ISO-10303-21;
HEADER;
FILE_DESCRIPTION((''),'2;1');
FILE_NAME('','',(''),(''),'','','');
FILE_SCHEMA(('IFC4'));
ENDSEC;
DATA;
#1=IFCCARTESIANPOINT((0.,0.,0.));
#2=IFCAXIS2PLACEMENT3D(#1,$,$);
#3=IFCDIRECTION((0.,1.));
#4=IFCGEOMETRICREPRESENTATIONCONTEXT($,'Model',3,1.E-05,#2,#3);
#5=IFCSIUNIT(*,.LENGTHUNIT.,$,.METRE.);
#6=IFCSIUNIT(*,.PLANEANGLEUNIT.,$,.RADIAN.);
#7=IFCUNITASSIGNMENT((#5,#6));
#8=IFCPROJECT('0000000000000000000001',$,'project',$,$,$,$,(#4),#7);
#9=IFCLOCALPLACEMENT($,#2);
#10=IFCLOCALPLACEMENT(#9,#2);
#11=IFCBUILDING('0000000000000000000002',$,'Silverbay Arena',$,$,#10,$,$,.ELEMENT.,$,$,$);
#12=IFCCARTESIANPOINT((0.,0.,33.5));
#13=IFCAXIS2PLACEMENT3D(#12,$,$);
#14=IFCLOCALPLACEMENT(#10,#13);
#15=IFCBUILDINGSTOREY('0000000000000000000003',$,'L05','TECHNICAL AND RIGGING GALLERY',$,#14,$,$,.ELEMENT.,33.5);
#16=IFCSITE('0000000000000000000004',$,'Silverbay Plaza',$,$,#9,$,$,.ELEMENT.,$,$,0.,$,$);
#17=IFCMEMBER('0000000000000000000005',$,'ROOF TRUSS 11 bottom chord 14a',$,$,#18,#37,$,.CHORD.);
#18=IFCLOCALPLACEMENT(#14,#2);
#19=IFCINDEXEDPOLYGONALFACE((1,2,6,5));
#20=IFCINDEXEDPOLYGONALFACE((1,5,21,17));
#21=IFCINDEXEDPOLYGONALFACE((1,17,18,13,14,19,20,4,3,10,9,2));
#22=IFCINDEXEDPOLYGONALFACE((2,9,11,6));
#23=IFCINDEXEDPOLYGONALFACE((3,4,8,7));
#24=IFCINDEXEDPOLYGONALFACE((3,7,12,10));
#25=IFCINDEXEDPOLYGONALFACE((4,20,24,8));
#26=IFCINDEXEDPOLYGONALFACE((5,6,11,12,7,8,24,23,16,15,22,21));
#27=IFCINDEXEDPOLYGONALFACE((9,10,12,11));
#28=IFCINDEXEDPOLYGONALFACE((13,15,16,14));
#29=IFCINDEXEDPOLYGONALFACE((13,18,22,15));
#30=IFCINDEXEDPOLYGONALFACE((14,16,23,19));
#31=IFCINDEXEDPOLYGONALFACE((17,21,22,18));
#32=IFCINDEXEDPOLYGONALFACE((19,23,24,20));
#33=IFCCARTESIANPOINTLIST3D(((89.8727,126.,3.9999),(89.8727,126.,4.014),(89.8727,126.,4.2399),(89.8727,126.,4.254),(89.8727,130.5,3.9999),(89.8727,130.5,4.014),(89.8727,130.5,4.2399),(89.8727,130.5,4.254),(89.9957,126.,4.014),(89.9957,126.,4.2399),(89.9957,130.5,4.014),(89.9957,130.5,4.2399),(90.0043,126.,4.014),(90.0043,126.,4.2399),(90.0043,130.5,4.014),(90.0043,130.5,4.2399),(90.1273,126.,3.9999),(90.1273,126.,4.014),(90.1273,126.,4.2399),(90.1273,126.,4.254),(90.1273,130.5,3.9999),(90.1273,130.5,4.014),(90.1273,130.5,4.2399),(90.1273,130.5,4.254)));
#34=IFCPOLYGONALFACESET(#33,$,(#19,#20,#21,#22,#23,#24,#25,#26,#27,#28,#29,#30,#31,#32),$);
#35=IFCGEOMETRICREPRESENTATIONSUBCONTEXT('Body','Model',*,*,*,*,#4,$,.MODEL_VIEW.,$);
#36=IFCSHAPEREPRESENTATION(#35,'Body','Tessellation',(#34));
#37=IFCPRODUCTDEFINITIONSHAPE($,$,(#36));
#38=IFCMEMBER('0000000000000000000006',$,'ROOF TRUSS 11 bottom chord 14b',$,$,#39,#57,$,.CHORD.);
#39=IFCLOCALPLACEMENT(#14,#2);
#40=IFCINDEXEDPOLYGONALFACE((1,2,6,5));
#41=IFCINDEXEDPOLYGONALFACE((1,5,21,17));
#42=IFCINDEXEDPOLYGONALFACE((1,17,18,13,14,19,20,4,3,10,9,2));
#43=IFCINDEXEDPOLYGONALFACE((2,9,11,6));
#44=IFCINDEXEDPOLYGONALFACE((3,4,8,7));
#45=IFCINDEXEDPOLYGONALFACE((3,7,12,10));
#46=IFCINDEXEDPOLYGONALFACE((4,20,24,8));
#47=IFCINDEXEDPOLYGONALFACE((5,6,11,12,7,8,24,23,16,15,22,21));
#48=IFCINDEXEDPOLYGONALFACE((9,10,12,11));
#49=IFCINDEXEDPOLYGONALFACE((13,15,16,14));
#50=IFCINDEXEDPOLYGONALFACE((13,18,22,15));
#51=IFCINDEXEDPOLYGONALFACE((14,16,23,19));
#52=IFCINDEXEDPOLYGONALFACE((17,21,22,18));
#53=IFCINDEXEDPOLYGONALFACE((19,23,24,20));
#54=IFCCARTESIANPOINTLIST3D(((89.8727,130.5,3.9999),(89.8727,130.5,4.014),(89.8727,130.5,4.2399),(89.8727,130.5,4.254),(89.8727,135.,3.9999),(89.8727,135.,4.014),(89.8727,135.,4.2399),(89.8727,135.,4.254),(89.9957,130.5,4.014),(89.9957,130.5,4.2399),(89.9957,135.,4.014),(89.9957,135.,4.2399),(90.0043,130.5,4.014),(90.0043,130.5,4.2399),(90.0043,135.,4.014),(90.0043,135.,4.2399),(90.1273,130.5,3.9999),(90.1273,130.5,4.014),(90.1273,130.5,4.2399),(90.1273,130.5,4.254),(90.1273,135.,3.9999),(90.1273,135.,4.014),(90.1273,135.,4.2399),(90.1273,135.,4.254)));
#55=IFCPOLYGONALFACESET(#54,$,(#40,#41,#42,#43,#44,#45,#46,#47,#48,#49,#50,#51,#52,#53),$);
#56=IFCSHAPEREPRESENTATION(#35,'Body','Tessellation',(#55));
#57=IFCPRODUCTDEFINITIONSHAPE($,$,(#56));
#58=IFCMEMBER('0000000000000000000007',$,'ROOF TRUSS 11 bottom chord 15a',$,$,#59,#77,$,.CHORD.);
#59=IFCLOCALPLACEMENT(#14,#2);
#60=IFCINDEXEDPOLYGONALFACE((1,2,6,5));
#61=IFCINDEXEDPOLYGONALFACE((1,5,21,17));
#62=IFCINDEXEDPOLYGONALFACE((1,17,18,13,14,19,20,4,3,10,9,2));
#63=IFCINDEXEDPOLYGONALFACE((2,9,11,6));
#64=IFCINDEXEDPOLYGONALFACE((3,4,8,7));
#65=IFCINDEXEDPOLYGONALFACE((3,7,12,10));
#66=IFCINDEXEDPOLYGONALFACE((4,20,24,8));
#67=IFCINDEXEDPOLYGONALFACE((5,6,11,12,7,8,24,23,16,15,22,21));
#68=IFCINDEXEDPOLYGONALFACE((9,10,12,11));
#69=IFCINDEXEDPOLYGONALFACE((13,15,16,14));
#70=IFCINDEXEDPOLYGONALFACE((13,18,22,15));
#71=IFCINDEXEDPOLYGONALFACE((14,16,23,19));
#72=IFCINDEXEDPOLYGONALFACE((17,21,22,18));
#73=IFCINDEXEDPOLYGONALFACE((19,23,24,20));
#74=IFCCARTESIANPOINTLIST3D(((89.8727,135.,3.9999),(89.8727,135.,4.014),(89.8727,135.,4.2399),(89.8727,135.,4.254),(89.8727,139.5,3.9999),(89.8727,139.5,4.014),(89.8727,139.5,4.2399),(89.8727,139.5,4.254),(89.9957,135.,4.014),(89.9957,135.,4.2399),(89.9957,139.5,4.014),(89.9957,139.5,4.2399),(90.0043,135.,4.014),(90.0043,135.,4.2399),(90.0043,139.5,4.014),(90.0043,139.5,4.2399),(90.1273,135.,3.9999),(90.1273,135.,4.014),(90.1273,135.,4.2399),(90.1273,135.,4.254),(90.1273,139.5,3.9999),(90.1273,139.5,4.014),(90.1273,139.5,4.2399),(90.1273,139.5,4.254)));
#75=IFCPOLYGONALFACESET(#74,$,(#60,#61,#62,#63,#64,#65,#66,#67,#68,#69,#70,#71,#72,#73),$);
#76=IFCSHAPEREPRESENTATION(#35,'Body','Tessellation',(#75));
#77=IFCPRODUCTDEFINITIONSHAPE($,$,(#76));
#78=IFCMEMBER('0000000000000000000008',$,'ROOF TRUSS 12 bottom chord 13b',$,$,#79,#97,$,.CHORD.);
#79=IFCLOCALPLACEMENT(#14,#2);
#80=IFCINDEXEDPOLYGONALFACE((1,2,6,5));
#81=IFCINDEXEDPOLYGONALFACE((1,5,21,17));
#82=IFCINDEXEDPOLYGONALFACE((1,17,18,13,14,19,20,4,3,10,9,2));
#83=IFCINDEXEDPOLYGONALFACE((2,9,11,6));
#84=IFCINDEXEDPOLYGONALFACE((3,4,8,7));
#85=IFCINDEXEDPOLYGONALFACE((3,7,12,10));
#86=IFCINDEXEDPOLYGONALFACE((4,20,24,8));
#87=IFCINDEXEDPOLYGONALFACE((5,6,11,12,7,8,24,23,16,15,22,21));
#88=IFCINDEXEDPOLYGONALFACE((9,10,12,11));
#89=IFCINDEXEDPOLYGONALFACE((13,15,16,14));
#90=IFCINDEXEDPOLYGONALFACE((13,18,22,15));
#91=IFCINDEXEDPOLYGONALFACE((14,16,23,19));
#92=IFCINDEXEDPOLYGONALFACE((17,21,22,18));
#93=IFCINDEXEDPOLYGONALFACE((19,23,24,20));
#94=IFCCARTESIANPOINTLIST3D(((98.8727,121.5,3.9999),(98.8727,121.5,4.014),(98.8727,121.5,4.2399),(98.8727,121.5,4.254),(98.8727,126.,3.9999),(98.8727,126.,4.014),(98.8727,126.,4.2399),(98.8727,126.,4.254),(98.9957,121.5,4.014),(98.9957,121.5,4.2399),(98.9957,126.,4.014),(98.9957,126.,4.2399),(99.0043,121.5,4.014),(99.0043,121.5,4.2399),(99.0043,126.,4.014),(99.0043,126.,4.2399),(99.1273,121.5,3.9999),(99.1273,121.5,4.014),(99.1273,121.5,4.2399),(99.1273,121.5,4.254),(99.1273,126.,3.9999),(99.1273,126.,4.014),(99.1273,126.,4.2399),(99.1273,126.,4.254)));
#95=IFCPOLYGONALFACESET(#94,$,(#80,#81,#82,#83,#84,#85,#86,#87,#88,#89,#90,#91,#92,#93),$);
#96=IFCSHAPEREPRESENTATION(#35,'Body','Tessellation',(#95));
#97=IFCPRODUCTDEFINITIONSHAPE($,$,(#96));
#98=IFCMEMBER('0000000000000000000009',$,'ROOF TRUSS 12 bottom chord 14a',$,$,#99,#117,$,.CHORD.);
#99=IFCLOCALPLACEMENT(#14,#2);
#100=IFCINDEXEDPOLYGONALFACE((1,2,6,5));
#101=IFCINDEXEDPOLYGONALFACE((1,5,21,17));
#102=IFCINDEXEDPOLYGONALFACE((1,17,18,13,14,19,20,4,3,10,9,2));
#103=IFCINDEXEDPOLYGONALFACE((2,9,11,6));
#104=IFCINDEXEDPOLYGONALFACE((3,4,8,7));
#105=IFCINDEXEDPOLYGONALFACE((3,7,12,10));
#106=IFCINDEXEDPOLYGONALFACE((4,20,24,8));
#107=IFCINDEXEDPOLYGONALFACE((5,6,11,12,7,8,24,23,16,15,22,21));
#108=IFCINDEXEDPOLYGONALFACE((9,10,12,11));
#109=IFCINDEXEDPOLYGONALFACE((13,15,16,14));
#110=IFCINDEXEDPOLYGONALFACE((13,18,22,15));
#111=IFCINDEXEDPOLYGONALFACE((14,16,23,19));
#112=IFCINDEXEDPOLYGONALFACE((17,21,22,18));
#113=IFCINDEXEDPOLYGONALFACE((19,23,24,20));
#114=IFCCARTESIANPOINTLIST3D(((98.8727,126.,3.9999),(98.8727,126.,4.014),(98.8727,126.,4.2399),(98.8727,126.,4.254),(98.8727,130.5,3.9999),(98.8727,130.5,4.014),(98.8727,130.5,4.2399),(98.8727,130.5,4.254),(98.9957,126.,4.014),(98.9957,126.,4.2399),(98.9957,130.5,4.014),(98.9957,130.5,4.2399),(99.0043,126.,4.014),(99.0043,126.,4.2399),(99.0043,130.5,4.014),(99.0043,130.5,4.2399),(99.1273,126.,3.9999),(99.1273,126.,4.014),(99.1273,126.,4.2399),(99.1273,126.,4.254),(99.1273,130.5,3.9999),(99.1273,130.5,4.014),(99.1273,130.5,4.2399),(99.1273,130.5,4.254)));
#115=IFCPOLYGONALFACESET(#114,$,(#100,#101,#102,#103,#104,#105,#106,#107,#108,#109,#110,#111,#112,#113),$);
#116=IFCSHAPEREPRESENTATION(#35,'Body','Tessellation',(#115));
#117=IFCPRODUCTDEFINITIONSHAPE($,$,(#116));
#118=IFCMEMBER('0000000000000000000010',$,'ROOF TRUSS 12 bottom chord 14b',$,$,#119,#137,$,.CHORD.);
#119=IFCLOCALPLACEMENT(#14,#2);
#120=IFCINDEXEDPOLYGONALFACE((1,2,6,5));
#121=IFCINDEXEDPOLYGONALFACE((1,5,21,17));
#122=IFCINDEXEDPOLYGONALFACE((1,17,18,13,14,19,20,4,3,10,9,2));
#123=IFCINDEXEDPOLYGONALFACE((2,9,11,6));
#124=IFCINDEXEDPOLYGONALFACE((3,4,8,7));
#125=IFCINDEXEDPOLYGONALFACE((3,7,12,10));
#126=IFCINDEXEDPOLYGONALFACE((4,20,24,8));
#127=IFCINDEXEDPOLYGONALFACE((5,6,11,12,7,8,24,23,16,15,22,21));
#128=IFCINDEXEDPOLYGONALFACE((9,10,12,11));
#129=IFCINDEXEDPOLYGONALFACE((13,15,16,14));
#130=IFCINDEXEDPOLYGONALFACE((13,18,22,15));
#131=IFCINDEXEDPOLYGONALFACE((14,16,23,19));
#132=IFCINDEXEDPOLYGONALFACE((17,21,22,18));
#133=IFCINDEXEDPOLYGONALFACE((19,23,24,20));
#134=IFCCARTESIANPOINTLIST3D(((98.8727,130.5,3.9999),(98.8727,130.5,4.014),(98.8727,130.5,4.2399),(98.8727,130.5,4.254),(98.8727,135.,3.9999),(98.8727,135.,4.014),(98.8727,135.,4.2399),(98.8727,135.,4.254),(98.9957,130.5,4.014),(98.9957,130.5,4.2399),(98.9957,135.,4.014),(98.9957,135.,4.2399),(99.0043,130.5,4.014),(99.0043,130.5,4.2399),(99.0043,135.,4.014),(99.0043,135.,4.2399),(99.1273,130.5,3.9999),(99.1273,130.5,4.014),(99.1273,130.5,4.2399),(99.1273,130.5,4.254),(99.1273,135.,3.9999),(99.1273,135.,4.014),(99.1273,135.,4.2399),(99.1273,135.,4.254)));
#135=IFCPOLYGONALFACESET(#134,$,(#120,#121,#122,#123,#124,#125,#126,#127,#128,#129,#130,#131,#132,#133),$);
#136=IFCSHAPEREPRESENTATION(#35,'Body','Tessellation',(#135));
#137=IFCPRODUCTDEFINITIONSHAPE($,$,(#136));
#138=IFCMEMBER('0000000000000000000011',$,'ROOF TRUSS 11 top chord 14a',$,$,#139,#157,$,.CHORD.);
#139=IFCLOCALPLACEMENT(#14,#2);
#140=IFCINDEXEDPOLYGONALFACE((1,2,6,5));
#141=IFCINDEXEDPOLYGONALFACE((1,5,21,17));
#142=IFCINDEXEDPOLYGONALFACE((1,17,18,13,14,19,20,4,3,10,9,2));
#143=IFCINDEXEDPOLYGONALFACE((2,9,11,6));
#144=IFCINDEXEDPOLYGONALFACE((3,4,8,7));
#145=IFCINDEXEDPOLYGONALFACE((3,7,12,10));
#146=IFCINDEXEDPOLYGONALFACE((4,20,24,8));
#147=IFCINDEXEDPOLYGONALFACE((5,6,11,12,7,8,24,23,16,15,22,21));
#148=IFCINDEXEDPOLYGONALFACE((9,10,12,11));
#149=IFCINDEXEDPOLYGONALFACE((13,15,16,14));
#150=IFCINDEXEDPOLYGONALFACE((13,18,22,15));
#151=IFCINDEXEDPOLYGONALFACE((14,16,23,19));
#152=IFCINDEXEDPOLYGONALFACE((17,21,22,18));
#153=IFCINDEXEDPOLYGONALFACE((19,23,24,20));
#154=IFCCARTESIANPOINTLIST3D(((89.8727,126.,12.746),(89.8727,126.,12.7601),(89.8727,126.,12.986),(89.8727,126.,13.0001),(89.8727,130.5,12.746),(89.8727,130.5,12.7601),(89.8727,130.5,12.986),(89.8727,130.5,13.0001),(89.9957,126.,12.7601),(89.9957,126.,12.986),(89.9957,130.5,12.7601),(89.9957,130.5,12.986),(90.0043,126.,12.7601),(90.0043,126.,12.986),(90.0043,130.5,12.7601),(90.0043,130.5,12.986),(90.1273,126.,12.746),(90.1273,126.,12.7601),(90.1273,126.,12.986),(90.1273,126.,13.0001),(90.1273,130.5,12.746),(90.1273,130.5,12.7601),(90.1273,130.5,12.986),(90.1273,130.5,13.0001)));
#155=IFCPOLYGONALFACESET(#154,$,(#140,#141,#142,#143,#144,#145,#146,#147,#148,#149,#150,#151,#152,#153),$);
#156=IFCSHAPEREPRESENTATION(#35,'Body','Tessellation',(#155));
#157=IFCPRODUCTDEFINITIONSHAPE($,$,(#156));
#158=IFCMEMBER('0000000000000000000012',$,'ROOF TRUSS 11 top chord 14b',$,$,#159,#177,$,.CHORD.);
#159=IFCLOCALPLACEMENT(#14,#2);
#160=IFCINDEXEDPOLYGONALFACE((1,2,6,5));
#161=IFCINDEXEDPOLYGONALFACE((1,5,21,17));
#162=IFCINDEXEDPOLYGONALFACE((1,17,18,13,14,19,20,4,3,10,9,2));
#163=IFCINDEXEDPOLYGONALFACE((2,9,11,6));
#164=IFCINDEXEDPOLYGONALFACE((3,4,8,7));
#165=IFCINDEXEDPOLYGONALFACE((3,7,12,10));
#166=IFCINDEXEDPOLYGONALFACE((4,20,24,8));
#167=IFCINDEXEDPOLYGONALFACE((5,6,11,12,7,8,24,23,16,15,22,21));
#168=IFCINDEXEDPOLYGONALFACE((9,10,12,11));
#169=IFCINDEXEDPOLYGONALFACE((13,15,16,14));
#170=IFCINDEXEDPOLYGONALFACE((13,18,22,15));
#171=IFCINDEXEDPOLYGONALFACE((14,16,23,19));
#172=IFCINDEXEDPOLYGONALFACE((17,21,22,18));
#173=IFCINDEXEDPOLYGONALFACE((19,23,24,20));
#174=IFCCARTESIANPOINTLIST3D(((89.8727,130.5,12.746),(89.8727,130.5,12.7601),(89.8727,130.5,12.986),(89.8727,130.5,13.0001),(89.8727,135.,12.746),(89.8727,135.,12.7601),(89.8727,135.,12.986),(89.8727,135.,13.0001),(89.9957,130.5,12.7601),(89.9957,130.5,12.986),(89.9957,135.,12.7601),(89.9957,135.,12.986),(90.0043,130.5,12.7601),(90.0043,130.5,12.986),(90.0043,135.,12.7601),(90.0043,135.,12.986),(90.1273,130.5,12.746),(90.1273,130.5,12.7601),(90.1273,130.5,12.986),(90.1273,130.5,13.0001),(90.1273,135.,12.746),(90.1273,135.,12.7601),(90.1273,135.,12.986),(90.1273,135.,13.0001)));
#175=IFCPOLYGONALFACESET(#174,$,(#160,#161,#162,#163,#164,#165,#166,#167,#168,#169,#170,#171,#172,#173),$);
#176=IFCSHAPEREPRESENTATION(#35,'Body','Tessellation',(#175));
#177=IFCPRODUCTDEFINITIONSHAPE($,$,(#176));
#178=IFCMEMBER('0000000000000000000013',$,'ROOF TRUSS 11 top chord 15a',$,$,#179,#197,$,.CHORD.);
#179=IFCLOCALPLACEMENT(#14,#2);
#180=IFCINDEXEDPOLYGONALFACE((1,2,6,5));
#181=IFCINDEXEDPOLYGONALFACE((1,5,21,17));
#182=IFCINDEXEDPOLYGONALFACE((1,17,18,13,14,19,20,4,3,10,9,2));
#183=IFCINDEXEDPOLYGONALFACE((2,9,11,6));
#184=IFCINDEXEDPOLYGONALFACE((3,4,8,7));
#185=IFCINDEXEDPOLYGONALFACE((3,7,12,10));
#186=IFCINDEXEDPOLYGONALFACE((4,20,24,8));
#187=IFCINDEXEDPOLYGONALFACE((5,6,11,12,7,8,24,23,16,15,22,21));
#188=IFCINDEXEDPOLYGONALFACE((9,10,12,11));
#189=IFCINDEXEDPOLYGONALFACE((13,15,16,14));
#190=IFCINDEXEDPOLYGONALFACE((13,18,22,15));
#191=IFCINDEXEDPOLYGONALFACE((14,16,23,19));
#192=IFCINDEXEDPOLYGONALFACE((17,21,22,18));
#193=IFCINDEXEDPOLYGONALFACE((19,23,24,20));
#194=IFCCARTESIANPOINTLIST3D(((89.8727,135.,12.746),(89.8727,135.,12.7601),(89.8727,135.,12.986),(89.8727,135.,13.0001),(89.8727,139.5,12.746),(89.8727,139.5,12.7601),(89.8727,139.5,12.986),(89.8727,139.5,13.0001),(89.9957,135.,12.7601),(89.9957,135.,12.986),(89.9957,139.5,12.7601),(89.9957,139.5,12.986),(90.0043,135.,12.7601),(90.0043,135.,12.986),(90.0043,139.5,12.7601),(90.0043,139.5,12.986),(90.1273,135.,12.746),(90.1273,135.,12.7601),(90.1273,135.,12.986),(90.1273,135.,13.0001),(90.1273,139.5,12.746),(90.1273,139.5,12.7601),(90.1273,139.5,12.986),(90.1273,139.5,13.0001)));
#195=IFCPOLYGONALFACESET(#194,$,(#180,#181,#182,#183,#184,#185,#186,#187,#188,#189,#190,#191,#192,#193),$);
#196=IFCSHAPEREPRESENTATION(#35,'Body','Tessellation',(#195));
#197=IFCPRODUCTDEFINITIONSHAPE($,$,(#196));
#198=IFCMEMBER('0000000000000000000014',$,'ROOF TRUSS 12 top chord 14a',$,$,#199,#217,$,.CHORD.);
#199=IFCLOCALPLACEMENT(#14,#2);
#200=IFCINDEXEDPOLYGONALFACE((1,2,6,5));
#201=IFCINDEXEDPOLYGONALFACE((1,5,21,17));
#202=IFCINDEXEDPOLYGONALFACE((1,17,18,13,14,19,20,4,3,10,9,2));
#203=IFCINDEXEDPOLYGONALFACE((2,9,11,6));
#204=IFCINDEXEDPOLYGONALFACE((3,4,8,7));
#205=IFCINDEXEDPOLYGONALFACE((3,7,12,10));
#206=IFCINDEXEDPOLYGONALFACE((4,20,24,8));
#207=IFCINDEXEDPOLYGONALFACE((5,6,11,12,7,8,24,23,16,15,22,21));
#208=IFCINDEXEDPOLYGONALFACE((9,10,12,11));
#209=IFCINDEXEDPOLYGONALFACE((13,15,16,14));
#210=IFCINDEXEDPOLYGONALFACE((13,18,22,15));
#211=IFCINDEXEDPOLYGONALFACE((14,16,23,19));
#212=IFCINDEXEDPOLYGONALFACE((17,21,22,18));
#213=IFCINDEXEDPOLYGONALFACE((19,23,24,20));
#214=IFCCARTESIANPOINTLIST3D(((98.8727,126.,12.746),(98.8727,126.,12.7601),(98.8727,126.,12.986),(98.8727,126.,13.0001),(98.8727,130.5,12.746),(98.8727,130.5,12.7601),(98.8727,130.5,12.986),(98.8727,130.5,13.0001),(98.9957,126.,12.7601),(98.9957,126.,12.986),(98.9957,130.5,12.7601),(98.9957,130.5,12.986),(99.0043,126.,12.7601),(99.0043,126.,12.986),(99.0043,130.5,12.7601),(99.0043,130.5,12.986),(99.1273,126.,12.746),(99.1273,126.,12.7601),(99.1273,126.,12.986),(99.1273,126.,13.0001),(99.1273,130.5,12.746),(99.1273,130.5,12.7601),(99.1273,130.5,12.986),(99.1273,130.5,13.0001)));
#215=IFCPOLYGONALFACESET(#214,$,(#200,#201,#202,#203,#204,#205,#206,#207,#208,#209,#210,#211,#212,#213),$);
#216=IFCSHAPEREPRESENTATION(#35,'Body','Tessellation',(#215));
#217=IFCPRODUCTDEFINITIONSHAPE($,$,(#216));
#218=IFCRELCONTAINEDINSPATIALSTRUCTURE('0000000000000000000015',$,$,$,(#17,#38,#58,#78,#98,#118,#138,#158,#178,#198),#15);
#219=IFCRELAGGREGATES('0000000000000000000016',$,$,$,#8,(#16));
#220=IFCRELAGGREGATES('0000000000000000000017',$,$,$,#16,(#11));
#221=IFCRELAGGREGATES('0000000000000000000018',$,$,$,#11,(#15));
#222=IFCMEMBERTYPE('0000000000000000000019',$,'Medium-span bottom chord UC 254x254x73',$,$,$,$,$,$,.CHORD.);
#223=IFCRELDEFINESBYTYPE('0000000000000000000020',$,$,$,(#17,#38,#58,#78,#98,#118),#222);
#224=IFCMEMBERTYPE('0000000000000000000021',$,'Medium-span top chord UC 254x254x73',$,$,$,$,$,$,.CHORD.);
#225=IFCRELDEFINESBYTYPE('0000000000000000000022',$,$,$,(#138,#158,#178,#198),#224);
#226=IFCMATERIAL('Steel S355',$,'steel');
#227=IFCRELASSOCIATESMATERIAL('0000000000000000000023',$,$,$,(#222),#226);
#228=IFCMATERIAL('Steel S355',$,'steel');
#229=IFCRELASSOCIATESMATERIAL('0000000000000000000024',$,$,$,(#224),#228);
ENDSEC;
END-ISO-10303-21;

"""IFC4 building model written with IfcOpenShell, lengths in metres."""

from ifc_helpers import new_model, si_unit, direction, frame, origin, origin_2d, place, context, subcontext, project, spatial, i_section, extrude, material, material_profile, profile_set, type_object, element, save


model = new_model("IFC4")

# Units and contexts
model_context = context("Model", 3, precision=1e-05, world=origin(), true_north=direction((0.0, 1.0)))
body_context = subcontext(model_context, "Body", "Model", "MODEL_VIEW")
ifc_project = project(units=[si_unit("LENGTHUNIT", "METRE"), si_unit("PLANEANGLEUNIT", "RADIAN")], contexts=[model_context])

# Site, building, storey
site_placement = place(None, origin())
site = spatial("IfcSite", under=ifc_project, at=site_placement, Name="Silverbay Plaza", CompositionType="ELEMENT", RefElevation=0.0)
building_placement = place(site_placement, origin())
building = spatial("IfcBuilding", under=site, at=building_placement, Name="Silverbay Arena", CompositionType="ELEMENT")
storey_placement = place(building_placement, frame((0.0, 0.0, 33.5)))
storey = spatial("IfcBuildingStorey", under=building, at=storey_placement, Name="L05", Description="TECHNICAL AND RIGGING GALLERY", CompositionType="ELEMENT", Elevation=33.5)

# Members
ifc_material_1 = material(Name="Steel S355", Category="steel")
ifc_material_profile_1 = material_profile(ifc_material_1, i_section(OverallWidth=0.2546, OverallDepth=0.2542, WebThickness=0.0085, FlangeThickness=0.0142, at=origin_2d()), Name="UC 254x254x73")
ifc_profile_set_1 = profile_set([ifc_material_profile_1], Name="Steel S355")
member_type_1 = type_object("IfcMemberType", Name="Medium-span bottom chord UC 254x254x73", PredefinedType="CHORD", material=ifc_profile_set_1)
for number, where, z_axis, x_axis, name in (
    (1, (90.0, 126.0, 4.127), (0.0, 1.0, 0.0), (-1.0, 0.0, 0.0), "ROOF TRUSS 11 bottom chord 14a"),
    (2, (90.0, 130.5, 4.127), (0.0, 1.0, 0.0), (-1.0, 0.0, 0.0), "ROOF TRUSS 11 bottom chord 14b"),
    (3, (90.0, 135.0, 4.127), (0.0, 1.0, 0.0), (-1.0, 0.0, 0.0), "ROOF TRUSS 11 bottom chord 15a"),
    (4, (99.0, 121.5, 4.127), (0.0, 1.0, 0.0), (-1.0, 0.0, 0.0), "ROOF TRUSS 12 bottom chord 13b"),
    (5, (99.0, 126.0, 4.127), (0.0, 1.0, 0.0), (-1.0, 0.0, 0.0), "ROOF TRUSS 12 bottom chord 14a"),
    (6, (99.0, 130.5, 4.127), (0.0, 1.0, 0.0), (-1.0, 0.0, 0.0), "ROOF TRUSS 12 bottom chord 14b"),
):
    element("IfcMember", number, at=place(storey_placement, frame(where, z_axis=z_axis, x_axis=x_axis)), inside=storey, type_object=member_type_1, Name=name, PredefinedType="CHORD", context=body_context, shape_type="SweptSolid", body=[
        extrude(i_section(OverallWidth=0.2546, OverallDepth=0.2542, WebThickness=0.0085, FlangeThickness=0.0142, at=origin_2d()), origin(), (0.0, 0.0, 1.0), 4.5),
    ])
ifc_material_2 = material(Name="Steel S355", Category="steel")
ifc_material_profile_2 = material_profile(ifc_material_2, i_section(OverallWidth=0.2546, OverallDepth=0.2542, WebThickness=0.0085, FlangeThickness=0.0142, at=origin_2d()), Name="UC 254x254x73")
ifc_profile_set_2 = profile_set([ifc_material_profile_2], Name="Steel S355")
member_type_2 = type_object("IfcMemberType", Name="Medium-span top chord UC 254x254x73", PredefinedType="CHORD", material=ifc_profile_set_2)
for number, where, z_axis, x_axis, name in (
    (7, (90.0, 126.0, 12.873), (0.0, 1.0, 0.0), (-1.0, 0.0, 0.0), "ROOF TRUSS 11 top chord 14a"),
    (8, (90.0, 130.5, 12.873), (0.0, 1.0, 0.0), (-1.0, 0.0, 0.0), "ROOF TRUSS 11 top chord 14b"),
    (9, (90.0, 135.0, 12.873), (0.0, 1.0, 0.0), (-1.0, 0.0, 0.0), "ROOF TRUSS 11 top chord 15a"),
    (10, (99.0, 126.0, 12.873), (0.0, 1.0, 0.0), (-1.0, 0.0, 0.0), "ROOF TRUSS 12 top chord 14a"),
):
    element("IfcMember", number, at=place(storey_placement, frame(where, z_axis=z_axis, x_axis=x_axis)), inside=storey, type_object=member_type_2, Name=name, PredefinedType="CHORD", context=body_context, shape_type="SweptSolid", body=[
        extrude(i_section(OverallWidth=0.2546, OverallDepth=0.2542, WebThickness=0.0085, FlangeThickness=0.0142, at=origin_2d()), origin(), (0.0, 0.0, 1.0), 4.5),
    ])

save(model, "model.ifc")
